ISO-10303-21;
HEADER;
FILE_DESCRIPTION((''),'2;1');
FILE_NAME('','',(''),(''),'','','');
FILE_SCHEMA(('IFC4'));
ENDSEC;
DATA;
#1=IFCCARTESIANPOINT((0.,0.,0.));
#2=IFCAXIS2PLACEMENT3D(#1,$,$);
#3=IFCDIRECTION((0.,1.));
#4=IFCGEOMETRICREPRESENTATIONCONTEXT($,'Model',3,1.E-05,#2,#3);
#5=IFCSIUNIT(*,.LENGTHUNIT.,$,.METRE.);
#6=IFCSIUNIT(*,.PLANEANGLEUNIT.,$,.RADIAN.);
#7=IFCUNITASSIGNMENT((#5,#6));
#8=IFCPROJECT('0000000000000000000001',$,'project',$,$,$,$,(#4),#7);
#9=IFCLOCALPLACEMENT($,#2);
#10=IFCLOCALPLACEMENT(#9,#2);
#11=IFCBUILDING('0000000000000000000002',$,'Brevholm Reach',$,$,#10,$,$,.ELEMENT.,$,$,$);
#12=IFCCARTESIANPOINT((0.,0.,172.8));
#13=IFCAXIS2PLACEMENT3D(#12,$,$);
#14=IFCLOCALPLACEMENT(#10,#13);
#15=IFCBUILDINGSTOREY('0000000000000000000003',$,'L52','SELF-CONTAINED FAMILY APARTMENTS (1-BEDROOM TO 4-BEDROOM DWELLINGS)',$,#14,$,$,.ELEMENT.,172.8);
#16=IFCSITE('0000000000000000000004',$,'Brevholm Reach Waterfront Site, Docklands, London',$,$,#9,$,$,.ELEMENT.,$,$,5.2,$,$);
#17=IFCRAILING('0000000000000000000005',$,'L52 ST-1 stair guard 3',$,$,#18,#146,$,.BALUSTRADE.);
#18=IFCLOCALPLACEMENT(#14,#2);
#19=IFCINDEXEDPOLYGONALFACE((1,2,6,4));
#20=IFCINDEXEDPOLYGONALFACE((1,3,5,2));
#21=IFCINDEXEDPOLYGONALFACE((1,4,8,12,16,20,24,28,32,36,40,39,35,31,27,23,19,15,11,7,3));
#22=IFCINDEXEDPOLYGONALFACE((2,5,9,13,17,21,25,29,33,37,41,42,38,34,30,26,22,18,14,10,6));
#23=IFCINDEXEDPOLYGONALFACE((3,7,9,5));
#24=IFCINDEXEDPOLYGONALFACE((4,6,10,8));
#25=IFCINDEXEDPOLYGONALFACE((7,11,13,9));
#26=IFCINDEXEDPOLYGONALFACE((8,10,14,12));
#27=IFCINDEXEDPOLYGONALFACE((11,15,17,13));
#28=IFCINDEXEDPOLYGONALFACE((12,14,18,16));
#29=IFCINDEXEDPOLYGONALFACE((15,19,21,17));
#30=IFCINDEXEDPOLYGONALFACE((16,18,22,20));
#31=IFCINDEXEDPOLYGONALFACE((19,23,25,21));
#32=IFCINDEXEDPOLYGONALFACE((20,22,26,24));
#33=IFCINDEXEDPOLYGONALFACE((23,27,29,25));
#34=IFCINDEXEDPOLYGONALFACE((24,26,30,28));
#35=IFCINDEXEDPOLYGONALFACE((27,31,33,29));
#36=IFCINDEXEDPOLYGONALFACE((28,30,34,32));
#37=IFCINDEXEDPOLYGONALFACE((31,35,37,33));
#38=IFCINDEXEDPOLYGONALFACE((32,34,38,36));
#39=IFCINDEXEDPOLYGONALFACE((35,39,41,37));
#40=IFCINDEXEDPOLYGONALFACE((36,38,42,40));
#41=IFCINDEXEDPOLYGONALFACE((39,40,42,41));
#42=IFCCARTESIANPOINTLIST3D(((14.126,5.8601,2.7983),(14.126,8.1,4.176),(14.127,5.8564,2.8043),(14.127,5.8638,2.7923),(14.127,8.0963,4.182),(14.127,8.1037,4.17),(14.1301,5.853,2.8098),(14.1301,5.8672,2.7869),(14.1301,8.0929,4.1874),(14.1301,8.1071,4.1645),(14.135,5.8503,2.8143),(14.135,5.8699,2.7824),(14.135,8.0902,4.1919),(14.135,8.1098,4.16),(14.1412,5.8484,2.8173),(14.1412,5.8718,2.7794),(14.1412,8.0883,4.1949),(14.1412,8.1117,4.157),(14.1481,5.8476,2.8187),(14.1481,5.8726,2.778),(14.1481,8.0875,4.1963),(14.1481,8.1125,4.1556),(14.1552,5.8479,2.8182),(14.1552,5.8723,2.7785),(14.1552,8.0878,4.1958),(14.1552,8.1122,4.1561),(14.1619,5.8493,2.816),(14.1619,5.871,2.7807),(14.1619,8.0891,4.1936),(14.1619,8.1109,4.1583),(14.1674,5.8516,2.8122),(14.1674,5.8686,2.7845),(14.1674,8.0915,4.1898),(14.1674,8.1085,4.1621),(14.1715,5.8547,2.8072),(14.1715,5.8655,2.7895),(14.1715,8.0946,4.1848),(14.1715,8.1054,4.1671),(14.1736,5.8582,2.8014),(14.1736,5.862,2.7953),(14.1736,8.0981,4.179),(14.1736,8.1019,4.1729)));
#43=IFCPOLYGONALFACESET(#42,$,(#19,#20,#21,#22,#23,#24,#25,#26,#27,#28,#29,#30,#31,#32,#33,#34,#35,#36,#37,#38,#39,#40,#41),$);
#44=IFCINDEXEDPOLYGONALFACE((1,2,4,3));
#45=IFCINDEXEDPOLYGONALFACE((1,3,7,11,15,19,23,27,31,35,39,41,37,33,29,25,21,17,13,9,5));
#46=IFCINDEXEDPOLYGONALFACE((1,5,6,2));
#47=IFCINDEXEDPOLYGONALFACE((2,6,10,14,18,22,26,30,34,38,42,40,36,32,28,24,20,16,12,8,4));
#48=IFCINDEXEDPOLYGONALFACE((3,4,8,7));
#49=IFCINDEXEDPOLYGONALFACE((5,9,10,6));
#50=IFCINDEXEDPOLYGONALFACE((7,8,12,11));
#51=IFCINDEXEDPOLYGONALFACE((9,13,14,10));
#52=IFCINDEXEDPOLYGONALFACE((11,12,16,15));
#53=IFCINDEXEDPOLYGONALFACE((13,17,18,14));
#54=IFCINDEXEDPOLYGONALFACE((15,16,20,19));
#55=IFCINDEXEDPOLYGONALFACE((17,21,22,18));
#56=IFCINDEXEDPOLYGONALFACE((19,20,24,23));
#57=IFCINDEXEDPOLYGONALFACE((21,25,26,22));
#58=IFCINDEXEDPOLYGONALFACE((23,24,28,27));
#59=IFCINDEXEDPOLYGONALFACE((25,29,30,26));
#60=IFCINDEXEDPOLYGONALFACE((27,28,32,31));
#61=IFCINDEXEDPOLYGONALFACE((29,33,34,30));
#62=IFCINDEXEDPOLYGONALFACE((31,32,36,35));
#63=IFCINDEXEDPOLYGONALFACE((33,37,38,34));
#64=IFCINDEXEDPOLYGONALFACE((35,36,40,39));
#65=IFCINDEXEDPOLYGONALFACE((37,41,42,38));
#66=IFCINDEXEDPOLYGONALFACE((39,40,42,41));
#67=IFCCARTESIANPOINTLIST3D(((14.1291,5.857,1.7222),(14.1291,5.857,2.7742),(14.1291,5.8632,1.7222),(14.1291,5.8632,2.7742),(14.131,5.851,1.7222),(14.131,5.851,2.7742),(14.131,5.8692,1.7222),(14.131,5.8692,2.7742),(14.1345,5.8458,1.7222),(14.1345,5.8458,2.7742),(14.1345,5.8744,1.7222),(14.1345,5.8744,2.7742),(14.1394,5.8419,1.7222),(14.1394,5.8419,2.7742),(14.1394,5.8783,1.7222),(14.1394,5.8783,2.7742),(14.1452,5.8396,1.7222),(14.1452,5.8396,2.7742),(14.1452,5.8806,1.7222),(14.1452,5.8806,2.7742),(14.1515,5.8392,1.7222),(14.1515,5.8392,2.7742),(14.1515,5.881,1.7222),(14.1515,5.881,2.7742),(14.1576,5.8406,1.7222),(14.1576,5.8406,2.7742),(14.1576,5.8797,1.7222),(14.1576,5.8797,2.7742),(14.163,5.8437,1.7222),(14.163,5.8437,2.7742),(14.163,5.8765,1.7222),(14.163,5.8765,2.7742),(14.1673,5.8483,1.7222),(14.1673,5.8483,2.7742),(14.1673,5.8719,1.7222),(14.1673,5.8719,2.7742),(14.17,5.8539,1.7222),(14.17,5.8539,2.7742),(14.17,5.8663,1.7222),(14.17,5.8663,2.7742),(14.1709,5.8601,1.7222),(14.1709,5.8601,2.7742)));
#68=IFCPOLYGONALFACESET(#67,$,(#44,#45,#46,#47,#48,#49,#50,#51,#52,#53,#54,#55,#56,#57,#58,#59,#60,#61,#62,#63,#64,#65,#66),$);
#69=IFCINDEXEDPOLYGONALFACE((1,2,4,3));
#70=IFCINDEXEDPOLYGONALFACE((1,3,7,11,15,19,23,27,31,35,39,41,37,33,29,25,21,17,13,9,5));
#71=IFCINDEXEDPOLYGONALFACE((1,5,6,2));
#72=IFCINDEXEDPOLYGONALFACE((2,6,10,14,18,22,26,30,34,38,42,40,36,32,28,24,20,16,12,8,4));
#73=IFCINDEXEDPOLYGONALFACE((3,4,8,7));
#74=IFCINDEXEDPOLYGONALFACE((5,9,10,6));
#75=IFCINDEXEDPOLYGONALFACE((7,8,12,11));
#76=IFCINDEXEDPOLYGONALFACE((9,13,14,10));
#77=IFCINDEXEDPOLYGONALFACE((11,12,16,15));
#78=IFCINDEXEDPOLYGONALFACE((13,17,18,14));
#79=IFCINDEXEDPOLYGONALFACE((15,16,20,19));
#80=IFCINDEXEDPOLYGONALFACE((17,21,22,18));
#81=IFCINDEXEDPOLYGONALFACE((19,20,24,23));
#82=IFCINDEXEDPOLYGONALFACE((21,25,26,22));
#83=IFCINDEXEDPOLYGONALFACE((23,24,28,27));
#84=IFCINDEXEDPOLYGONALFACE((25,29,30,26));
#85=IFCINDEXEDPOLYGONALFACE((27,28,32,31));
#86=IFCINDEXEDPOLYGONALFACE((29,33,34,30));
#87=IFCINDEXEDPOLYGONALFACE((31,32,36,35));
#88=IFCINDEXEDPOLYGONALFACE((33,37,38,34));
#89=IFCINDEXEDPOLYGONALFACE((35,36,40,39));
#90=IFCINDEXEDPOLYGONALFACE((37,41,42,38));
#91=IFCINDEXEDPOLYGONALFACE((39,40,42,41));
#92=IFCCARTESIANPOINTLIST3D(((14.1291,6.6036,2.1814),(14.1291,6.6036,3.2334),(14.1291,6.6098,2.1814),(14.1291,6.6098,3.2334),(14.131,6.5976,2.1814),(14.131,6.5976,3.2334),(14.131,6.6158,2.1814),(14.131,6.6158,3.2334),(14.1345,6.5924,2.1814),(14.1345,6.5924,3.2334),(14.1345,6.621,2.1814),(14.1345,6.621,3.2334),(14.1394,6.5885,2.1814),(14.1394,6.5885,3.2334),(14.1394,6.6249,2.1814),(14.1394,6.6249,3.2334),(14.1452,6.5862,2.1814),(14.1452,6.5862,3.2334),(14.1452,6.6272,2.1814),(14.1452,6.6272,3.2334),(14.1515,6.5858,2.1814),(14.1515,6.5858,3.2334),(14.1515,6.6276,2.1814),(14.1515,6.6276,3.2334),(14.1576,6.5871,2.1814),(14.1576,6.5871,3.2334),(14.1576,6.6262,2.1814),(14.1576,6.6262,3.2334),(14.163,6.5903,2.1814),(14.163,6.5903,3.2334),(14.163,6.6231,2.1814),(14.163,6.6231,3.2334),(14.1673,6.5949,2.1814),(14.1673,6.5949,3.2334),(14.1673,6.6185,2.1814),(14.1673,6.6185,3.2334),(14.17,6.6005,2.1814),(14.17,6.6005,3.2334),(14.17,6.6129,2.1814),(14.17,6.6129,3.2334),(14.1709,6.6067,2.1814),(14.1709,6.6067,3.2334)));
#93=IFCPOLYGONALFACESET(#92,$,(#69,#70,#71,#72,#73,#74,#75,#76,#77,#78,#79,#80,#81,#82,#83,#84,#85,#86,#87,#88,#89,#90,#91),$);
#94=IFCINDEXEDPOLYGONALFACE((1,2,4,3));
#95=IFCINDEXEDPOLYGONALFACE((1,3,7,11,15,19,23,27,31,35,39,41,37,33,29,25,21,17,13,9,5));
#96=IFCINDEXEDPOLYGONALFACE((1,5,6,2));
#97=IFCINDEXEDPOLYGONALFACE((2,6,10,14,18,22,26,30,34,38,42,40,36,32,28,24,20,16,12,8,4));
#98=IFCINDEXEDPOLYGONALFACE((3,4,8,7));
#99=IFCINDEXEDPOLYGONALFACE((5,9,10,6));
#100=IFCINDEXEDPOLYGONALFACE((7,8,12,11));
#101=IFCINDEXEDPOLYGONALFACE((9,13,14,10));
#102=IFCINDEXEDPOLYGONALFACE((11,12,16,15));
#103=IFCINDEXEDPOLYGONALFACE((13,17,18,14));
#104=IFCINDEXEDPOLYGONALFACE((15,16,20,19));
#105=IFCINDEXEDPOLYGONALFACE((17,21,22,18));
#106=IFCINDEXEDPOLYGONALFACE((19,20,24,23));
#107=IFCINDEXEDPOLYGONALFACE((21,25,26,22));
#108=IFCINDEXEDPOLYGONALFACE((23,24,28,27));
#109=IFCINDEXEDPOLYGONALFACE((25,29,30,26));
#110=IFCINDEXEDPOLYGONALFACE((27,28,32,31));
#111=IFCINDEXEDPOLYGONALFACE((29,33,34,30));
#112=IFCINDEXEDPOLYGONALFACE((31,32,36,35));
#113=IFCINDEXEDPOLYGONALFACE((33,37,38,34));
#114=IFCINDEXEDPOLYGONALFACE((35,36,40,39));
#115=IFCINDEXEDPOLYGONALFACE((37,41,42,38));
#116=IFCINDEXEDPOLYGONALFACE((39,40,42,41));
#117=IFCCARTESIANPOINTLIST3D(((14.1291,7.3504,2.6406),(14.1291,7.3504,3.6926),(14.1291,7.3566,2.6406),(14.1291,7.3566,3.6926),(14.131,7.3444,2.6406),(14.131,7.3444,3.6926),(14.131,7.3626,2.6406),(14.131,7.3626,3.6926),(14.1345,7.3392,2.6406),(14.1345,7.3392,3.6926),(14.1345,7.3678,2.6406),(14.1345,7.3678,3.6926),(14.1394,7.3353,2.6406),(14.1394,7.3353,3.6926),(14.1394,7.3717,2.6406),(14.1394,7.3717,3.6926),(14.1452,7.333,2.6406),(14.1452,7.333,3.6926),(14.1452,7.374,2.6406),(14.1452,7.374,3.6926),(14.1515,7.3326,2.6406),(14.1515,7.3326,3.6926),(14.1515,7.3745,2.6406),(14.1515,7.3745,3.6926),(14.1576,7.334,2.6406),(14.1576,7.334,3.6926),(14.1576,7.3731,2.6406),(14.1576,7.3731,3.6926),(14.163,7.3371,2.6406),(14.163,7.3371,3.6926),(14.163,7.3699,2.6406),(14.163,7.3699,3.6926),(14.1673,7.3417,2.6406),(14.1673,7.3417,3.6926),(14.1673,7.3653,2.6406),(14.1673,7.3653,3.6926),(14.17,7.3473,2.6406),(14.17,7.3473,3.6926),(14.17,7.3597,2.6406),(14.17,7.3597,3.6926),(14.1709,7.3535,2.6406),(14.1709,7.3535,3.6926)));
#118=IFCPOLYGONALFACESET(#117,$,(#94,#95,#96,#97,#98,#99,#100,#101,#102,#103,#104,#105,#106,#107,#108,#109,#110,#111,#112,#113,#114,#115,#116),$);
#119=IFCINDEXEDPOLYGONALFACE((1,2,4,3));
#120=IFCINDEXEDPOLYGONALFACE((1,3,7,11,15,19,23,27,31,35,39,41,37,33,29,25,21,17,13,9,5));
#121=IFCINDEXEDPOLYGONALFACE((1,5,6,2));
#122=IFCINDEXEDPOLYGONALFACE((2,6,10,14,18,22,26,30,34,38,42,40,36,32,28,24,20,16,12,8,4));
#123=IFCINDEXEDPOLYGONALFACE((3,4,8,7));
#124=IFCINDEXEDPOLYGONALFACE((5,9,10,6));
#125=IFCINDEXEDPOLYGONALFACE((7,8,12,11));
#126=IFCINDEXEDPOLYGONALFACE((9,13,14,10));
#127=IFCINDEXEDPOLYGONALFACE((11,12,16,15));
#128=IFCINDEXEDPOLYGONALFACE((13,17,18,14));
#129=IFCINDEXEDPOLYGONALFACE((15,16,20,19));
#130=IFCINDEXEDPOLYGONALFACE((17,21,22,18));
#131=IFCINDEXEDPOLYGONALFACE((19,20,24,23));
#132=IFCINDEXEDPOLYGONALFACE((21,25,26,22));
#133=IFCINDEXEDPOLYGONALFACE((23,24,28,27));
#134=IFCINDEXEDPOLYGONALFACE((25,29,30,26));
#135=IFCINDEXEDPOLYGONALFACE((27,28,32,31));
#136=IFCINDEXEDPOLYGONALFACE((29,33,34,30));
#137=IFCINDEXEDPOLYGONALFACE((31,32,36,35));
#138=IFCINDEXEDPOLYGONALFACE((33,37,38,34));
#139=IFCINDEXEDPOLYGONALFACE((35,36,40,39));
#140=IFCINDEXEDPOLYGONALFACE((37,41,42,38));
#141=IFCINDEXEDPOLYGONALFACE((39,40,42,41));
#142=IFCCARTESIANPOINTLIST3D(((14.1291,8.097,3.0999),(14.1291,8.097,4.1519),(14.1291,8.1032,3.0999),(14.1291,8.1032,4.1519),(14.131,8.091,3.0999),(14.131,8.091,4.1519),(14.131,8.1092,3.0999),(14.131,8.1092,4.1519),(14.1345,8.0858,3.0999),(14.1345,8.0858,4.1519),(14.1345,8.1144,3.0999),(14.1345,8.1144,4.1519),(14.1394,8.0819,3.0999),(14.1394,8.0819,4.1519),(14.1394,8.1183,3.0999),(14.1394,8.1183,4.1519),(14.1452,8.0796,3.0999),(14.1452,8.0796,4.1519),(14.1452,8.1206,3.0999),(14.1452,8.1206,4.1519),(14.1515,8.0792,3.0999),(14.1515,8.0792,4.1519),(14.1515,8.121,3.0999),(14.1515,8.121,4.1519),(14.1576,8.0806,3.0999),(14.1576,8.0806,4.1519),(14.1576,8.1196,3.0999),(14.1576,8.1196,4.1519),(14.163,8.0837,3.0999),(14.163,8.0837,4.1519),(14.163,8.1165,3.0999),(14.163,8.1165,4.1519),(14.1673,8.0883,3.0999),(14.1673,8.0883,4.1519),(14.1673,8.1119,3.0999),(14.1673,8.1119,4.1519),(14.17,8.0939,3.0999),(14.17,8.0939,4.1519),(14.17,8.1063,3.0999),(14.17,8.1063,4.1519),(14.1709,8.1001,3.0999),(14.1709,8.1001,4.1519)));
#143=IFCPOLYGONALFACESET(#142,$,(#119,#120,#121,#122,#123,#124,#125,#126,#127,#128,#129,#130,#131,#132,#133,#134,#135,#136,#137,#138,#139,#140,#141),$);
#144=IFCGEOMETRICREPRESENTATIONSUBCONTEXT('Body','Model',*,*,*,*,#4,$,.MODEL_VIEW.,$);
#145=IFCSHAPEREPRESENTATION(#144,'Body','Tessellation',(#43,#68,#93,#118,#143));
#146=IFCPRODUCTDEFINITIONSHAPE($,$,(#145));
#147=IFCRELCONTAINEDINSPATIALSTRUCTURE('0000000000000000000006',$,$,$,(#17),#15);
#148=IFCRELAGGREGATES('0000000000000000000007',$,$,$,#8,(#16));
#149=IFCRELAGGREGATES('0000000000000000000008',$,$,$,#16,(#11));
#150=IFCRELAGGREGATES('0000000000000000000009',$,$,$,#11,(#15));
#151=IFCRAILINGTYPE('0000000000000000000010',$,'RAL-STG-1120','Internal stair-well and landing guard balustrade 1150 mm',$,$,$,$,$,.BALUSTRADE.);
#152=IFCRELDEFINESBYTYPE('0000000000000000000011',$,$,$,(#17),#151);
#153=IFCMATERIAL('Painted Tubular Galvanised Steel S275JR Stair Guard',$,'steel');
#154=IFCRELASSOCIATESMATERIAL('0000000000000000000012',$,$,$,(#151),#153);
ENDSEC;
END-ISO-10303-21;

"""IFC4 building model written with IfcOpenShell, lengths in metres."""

from ifc_helpers import new_model, si_unit, direction, frame, origin, origin_2d, place, context, subcontext, project, spatial, circle, extrude, material, type_object, element, save


model = new_model("IFC4")

# Units and contexts
model_context = context("Model", 3, precision=1e-05, world=origin(), true_north=direction((0.0, 1.0)))
body_context = subcontext(model_context, "Body", "Model", "MODEL_VIEW")
ifc_project = project(units=[si_unit("LENGTHUNIT", "METRE"), si_unit("PLANEANGLEUNIT", "RADIAN")], contexts=[model_context])

# Site, building, storey
site_placement = place(None, origin())
site = spatial("IfcSite", under=ifc_project, at=site_placement, Name="Brevholm Reach Waterfront Site, Docklands, London", CompositionType="ELEMENT", RefElevation=5.2)
building_placement = place(site_placement, origin())
building = spatial("IfcBuilding", under=site, at=building_placement, Name="Brevholm Reach", CompositionType="ELEMENT")
storey_placement = place(building_placement, frame((0.0, 0.0, 172.8)))
storey = spatial("IfcBuildingStorey", under=building, at=storey_placement, Name="L52", Description="SELF-CONTAINED FAMILY APARTMENTS (1-BEDROOM TO 4-BEDROOM DWELLINGS)", CompositionType="ELEMENT", Elevation=172.8)

# Railing
ifc_material_1 = material(Name="Painted Tubular Galvanised Steel S275JR Stair Guard", Category="steel")
railing_type_1 = type_object("IfcRailingType", Name="RAL-STG-1120", Description="Internal stair-well and landing guard balustrade 1150 mm", PredefinedType="BALUSTRADE", material=ifc_material_1)
railing_1_placement = place(storey_placement, frame((14.1499, 5.8601, 1.7222)))
element("IfcRailing", 1, at=railing_1_placement, inside=storey, type_object=railing_type_1, Name="L52 ST-1 stair guard 3", PredefinedType="BALUSTRADE", context=body_context, shape_type="SweptSolid", body=[
    extrude(circle(Radius=0.0239, at=origin_2d()), frame((0.0, 0.0, 1.0762), z_axis=(0.0, 0.851789, 0.523885), x_axis=(-1.0, 0.0, 0.0)), (0.0, 0.0, 1.0), 2.6296),
    extrude(circle(Radius=0.021, at=origin_2d()), origin(), (0.0, 0.0, 1.0), 1.052),
    extrude(circle(Radius=0.021, at=origin_2d()), frame((0.0, 0.7466, 0.4592)), (0.0, 0.0, 1.0), 1.052),
    extrude(circle(Radius=0.021, at=origin_2d()), frame((0.0, 1.4934, 0.9185)), (0.0, 0.0, 1.0), 1.052),
    extrude(circle(Radius=0.021, at=origin_2d()), frame((0.0, 2.24, 1.3777)), (0.0, 0.0, 1.0), 1.052),
])

save(model, "model.ifc")
